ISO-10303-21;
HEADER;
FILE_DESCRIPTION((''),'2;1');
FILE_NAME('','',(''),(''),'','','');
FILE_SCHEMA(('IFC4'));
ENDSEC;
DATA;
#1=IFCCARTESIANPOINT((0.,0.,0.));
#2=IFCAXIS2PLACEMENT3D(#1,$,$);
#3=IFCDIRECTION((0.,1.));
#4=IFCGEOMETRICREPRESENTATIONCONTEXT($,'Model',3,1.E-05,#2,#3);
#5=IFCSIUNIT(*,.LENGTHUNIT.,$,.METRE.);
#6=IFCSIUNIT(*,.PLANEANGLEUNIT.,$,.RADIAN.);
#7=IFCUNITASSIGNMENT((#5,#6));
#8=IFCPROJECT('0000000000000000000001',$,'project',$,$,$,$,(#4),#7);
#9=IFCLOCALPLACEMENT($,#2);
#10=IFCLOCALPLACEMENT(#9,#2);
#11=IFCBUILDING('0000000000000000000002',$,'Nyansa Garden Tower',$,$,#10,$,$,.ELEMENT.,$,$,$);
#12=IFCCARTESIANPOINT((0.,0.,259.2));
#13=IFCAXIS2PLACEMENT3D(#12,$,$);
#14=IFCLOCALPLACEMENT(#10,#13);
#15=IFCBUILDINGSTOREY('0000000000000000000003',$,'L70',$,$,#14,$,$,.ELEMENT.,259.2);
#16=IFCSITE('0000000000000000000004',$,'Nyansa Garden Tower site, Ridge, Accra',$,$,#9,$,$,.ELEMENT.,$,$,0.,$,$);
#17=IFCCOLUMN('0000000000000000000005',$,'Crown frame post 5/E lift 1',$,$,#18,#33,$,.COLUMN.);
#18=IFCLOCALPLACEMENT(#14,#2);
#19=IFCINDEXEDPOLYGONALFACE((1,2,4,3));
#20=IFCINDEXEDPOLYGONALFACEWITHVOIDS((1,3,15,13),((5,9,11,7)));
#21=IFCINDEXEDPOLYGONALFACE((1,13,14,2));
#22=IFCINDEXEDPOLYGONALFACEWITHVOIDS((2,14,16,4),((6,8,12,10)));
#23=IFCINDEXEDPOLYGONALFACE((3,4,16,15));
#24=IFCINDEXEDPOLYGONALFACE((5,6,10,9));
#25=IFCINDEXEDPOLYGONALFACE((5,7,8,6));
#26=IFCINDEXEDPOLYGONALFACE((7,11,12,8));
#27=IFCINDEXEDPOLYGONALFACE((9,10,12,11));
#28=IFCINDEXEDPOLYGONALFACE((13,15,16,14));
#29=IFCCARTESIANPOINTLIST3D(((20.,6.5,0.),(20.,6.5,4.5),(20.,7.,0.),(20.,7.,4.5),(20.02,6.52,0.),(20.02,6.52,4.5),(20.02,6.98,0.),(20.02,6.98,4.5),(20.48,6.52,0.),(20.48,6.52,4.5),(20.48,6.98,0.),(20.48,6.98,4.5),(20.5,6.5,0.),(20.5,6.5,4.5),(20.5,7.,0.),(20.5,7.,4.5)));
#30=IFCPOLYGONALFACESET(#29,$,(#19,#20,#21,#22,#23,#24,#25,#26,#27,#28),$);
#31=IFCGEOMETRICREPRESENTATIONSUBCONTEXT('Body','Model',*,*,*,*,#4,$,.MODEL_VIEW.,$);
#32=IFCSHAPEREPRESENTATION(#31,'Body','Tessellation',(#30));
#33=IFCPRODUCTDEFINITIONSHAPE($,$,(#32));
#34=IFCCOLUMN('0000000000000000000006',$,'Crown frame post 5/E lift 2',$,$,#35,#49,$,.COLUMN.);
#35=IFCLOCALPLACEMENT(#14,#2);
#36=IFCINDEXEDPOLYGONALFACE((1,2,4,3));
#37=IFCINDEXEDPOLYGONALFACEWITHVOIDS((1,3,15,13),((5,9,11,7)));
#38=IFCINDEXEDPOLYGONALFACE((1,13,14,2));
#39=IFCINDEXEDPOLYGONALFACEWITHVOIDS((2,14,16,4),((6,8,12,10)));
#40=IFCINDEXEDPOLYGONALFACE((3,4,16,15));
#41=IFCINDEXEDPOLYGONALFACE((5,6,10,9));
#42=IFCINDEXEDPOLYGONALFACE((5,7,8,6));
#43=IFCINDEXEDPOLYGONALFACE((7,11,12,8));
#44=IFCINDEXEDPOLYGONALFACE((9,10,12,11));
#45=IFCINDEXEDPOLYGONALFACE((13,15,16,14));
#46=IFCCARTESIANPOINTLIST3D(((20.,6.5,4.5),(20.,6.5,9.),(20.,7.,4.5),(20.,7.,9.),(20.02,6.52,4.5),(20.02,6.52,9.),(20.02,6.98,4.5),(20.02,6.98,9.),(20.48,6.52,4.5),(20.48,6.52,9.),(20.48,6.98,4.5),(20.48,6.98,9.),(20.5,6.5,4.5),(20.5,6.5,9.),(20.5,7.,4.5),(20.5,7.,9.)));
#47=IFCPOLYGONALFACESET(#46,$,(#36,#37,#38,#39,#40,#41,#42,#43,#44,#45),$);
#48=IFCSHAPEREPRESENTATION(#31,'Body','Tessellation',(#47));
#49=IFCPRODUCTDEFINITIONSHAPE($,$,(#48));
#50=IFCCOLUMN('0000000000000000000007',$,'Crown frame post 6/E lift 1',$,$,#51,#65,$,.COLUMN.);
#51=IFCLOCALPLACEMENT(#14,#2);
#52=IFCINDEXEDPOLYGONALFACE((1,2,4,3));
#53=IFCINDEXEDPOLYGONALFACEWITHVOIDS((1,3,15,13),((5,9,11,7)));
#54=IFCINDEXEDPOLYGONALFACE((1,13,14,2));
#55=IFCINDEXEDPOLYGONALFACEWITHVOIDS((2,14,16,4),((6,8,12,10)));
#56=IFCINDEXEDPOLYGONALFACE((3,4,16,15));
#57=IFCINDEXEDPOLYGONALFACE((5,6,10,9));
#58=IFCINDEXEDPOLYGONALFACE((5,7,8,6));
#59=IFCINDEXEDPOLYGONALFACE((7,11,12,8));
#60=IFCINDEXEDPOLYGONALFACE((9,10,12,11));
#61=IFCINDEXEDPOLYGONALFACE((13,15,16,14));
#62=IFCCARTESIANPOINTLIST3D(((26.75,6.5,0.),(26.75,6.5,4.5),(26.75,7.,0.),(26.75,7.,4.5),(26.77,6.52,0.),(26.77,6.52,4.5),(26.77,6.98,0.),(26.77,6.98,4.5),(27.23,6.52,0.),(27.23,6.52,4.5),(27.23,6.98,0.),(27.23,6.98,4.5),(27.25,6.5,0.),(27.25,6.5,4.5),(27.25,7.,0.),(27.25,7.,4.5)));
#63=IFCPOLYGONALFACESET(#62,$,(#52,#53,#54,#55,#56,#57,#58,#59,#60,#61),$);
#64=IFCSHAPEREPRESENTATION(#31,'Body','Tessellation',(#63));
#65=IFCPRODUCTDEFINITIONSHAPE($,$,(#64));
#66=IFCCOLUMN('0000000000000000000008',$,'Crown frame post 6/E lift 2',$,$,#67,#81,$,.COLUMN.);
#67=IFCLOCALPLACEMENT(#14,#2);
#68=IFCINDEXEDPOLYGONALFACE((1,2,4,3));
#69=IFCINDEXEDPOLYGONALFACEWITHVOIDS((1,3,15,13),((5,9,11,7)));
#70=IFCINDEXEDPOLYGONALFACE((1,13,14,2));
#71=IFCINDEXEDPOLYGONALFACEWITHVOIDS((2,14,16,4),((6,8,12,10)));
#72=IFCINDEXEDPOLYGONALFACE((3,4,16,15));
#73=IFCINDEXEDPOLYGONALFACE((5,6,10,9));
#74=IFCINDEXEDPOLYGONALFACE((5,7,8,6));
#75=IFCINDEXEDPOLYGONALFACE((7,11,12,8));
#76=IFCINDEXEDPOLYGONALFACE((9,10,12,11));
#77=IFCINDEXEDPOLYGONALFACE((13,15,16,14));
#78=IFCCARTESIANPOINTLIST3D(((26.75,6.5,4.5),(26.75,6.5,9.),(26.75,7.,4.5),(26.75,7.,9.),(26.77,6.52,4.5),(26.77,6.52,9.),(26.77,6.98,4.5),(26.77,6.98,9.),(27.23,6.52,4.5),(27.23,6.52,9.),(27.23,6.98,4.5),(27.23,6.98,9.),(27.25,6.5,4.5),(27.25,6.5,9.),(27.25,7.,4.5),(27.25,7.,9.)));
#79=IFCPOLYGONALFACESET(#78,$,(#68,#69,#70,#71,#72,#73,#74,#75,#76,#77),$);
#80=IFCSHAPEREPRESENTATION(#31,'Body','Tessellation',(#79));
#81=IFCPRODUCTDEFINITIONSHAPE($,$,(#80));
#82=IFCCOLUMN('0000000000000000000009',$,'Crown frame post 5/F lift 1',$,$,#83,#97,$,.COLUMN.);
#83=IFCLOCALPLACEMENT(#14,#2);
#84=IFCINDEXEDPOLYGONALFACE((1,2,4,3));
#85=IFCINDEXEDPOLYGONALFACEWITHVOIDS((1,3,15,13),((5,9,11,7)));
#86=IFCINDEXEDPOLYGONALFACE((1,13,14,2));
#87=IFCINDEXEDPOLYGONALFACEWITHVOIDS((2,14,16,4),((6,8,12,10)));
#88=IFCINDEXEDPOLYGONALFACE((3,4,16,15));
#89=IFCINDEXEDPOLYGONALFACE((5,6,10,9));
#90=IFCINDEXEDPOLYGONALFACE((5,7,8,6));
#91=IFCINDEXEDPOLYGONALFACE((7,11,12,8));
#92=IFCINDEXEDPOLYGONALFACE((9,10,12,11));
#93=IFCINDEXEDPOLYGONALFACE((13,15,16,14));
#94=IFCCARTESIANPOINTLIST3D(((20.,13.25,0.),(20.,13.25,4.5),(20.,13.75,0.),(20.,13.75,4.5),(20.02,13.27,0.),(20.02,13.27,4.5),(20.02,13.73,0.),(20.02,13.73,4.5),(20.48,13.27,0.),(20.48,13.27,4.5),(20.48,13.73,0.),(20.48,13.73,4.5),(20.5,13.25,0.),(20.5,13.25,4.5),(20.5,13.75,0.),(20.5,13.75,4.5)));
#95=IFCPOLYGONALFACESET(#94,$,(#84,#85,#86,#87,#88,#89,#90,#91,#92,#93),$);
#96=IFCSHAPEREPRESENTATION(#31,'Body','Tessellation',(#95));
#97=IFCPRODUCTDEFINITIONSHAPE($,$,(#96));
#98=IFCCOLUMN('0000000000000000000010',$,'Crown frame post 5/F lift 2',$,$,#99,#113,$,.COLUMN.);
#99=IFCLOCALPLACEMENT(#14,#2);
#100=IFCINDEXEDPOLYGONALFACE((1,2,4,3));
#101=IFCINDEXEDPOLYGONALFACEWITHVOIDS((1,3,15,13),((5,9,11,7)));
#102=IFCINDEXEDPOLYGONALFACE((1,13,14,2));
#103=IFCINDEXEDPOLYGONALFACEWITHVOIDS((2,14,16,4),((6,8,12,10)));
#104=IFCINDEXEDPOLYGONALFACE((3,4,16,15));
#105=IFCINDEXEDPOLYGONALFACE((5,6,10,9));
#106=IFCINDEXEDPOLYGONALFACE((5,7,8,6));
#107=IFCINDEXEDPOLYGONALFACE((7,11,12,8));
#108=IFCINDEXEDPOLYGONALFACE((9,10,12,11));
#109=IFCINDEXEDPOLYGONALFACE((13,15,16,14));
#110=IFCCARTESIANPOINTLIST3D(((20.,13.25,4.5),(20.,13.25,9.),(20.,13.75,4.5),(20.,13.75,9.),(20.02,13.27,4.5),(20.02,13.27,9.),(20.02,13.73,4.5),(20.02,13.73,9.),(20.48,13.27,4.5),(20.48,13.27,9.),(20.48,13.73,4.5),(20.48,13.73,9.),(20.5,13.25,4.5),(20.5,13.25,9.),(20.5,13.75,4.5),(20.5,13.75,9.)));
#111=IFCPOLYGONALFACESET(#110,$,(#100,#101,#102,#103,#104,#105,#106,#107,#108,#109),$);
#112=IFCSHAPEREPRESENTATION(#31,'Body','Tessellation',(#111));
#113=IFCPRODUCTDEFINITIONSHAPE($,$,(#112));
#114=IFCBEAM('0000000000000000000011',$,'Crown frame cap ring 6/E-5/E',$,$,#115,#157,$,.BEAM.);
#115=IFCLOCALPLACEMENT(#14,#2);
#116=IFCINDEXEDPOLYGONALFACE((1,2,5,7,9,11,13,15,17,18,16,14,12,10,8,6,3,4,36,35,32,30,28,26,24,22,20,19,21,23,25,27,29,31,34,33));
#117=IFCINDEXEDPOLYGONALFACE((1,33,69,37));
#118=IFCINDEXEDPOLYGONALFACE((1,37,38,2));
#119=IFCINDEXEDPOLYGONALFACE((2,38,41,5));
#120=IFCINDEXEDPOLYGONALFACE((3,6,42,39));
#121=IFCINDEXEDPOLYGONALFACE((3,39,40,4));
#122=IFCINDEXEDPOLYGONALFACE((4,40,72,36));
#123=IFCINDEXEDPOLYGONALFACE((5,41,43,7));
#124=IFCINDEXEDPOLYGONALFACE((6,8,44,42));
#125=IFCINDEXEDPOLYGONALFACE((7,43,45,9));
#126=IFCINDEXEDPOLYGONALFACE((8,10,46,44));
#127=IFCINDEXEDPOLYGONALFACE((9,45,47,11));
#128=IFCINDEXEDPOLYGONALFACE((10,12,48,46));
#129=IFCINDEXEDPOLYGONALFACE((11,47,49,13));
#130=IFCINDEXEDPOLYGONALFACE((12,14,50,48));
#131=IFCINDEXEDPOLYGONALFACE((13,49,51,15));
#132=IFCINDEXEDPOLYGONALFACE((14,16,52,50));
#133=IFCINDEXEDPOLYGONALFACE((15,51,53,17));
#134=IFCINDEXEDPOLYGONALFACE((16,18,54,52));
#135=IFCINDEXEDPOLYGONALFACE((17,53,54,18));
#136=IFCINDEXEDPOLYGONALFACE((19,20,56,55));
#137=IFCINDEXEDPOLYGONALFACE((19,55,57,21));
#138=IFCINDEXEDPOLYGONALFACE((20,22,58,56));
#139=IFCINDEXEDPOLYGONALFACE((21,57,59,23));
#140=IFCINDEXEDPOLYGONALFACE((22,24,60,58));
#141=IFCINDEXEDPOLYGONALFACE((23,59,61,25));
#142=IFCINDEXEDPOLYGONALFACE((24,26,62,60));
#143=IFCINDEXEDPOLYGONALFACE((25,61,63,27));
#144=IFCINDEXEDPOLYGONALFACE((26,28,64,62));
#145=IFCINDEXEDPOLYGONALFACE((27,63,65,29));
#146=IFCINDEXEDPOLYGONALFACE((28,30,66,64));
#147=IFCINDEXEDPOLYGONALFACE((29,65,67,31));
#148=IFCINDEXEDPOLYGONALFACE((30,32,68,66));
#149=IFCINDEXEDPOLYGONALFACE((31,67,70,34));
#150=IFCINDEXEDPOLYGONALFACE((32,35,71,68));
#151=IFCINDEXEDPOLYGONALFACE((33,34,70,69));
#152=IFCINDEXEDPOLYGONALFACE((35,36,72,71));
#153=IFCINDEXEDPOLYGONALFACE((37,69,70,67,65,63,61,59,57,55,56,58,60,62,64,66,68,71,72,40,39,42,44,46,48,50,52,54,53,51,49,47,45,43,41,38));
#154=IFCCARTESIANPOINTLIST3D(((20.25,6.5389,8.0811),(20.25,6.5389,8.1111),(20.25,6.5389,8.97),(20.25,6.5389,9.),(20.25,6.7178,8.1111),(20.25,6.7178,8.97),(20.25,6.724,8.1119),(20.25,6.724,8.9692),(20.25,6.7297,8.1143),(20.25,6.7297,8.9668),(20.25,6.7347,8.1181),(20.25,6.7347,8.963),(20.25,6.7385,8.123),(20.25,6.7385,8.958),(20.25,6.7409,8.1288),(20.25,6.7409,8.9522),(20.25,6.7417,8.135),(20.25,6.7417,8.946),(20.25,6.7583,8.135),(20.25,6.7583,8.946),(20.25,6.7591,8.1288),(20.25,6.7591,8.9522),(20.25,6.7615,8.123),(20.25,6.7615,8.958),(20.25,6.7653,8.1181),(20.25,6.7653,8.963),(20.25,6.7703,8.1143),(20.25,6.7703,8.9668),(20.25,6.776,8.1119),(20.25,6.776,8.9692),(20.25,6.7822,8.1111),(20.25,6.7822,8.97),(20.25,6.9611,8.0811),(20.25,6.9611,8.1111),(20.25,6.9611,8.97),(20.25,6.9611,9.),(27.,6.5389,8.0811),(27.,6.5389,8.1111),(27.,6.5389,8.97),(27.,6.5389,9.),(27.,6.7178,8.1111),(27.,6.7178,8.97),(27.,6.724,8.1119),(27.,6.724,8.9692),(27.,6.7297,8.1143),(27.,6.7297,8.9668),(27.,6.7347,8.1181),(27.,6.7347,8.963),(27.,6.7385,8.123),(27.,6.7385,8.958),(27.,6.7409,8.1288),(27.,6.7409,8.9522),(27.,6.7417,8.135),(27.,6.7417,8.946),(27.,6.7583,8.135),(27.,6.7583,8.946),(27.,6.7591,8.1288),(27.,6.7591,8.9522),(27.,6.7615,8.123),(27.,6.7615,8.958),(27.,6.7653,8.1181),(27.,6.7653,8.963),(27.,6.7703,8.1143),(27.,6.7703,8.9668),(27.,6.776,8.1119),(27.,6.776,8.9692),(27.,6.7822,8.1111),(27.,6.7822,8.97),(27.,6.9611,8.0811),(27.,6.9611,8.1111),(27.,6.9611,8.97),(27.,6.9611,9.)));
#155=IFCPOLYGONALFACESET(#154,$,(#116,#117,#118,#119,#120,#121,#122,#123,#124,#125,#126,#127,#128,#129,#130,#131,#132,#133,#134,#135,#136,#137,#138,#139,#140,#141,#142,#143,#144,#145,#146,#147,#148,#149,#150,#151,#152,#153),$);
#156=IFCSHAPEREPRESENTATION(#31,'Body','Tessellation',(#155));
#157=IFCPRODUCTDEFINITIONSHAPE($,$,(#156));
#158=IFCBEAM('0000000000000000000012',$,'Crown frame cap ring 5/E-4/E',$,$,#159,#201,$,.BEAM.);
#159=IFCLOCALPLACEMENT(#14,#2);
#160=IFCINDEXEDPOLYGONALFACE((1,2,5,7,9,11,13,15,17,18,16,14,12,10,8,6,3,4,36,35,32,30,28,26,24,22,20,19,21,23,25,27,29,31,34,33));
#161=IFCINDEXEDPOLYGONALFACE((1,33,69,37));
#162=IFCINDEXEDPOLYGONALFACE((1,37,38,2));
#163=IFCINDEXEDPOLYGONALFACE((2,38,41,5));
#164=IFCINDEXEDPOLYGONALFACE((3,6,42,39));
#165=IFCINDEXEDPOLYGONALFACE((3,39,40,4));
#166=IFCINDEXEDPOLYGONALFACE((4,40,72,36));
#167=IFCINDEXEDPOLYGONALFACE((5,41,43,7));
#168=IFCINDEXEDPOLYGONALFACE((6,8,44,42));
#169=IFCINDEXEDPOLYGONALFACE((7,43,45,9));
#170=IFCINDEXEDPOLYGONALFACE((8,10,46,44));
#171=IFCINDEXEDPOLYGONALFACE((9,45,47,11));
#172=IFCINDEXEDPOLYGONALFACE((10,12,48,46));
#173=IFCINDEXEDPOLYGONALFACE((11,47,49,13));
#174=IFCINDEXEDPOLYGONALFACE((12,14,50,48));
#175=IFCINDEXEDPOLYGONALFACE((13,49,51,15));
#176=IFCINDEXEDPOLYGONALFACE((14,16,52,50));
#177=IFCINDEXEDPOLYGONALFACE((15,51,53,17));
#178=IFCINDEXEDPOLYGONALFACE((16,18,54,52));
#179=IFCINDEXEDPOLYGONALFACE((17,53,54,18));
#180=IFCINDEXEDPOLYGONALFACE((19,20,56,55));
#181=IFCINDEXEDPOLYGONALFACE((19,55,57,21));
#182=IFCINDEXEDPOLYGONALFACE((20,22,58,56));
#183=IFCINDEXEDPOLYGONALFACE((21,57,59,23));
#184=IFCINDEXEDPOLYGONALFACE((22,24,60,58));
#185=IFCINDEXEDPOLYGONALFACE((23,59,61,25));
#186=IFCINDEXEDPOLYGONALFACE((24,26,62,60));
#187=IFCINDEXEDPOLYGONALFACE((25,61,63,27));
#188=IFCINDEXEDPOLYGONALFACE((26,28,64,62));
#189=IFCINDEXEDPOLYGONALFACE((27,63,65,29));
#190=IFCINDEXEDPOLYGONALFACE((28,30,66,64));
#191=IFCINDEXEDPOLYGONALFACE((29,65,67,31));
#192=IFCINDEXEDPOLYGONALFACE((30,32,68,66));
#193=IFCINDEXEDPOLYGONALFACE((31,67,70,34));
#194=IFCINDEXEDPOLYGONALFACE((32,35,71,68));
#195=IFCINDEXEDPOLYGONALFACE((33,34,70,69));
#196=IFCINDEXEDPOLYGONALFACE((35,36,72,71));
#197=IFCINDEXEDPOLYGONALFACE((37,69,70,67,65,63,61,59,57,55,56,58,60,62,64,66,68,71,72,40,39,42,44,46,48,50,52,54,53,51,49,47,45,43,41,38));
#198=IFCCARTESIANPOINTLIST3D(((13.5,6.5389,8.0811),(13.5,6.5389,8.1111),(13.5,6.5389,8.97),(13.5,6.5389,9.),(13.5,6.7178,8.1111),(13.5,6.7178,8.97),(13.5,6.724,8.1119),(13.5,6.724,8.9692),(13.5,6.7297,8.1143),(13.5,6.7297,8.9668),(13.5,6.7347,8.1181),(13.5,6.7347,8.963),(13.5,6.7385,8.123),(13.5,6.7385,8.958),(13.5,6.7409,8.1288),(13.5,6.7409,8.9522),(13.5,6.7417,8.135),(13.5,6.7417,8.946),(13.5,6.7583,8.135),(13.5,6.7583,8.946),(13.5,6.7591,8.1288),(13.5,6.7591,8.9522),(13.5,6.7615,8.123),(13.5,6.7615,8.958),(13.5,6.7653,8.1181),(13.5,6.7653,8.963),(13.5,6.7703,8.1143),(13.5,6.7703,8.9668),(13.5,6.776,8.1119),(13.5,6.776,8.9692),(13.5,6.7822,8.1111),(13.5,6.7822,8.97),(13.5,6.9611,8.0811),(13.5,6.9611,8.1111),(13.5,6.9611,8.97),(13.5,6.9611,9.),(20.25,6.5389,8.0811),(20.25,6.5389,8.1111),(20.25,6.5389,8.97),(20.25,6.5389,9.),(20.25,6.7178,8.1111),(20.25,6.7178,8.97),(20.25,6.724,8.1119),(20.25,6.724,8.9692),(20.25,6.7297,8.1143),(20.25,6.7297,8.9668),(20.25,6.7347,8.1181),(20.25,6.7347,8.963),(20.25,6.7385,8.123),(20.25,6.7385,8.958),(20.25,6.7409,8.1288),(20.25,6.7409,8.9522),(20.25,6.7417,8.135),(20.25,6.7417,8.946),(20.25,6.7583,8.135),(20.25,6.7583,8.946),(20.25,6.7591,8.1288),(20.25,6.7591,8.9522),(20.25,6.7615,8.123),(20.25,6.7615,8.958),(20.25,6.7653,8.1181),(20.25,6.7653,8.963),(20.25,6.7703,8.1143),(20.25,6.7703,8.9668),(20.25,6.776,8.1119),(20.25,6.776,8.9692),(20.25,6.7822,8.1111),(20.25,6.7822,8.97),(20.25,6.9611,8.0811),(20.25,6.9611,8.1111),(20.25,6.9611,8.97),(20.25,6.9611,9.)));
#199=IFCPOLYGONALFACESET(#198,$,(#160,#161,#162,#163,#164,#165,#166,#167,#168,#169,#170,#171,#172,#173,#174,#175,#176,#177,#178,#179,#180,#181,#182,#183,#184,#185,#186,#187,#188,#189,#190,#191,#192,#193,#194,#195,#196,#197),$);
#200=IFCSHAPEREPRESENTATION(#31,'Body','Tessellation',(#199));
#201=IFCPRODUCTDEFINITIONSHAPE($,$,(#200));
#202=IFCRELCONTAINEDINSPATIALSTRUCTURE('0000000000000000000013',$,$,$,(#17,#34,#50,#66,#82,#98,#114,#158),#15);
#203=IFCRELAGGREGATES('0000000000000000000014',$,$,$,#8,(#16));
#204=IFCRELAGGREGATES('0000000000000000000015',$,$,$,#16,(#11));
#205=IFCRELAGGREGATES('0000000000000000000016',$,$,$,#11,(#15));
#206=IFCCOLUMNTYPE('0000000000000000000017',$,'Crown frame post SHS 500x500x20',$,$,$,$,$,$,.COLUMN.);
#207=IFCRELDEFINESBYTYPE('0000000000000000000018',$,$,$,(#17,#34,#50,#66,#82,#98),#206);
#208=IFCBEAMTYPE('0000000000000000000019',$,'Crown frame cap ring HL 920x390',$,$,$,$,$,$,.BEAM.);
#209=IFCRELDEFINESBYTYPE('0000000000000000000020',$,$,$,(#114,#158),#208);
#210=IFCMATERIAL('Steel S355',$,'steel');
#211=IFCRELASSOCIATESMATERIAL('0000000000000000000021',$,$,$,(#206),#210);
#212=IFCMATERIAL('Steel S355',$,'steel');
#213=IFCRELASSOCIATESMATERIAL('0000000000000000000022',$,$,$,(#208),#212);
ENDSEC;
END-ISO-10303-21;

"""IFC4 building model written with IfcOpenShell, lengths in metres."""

from ifc_helpers import new_model, si_unit, direction, frame, origin, origin_2d, place, context, subcontext, project, spatial, hollow_rectangle, i_section, extrude, material, material_profile, profile_set, type_object, element, save


model = new_model("IFC4")

# Units and contexts
model_context = context("Model", 3, precision=1e-05, world=origin(), true_north=direction((0.0, 1.0)))
body_context = subcontext(model_context, "Body", "Model", "MODEL_VIEW")
ifc_project = project(units=[si_unit("LENGTHUNIT", "METRE"), si_unit("PLANEANGLEUNIT", "RADIAN")], contexts=[model_context])

# Site, building, storey
site_placement = place(None, origin())
site = spatial("IfcSite", under=ifc_project, at=site_placement, Name="Nyansa Garden Tower site, Ridge, Accra", CompositionType="ELEMENT", RefElevation=0.0)
building_placement = place(site_placement, origin())
building = spatial("IfcBuilding", under=site, at=building_placement, Name="Nyansa Garden Tower", CompositionType="ELEMENT")
storey_placement = place(building_placement, frame((0.0, 0.0, 259.2)))
storey = spatial("IfcBuildingStorey", under=building, at=storey_placement, Name="L70", CompositionType="ELEMENT", Elevation=259.2)

# Columns
ifc_material_1 = material(Name="Steel S355", Category="steel")
ifc_material_profile_1 = material_profile(ifc_material_1, hollow_rectangle(XDim=0.5, YDim=0.5, WallThickness=0.02, at=origin_2d()), Name="SHS 500x500x20")
ifc_profile_set_1 = profile_set([ifc_material_profile_1], Name="Steel S355")
column_type = type_object("IfcColumnType", Name="Crown frame post SHS 500x500x20", PredefinedType="COLUMN", material=ifc_profile_set_1)
for number, where, z_axis, x_axis, name in (
    (1, (20.25, 6.75, 0.0), (0.0, 0.0, 1.0), (1.0, 0.0, 0.0), "Crown frame post 5/E lift 1"),
    (2, (20.25, 6.75, 4.5), (0.0, 0.0, 1.0), (1.0, 0.0, 0.0), "Crown frame post 5/E lift 2"),
    (3, (27.0, 6.75, 0.0), (0.0, 0.0, 1.0), (1.0, 0.0, 0.0), "Crown frame post 6/E lift 1"),
    (4, (27.0, 6.75, 4.5), (0.0, 0.0, 1.0), (1.0, 0.0, 0.0), "Crown frame post 6/E lift 2"),
    (5, (20.25, 13.5, 0.0), (0.0, 0.0, 1.0), (1.0, 0.0, 0.0), "Crown frame post 5/F lift 1"),
    (6, (20.25, 13.5, 4.5), (0.0, 0.0, 1.0), (1.0, 0.0, 0.0), "Crown frame post 5/F lift 2"),
):
    element("IfcColumn", number, at=place(storey_placement, frame(where, z_axis=z_axis, x_axis=x_axis)), inside=storey, type_object=column_type, Name=name, PredefinedType="COLUMN", context=body_context, shape_type="SweptSolid", body=[
        extrude(hollow_rectangle(XDim=0.5, YDim=0.5, WallThickness=0.02, at=origin_2d()), origin(), (0.0, 0.0, 1.0), 4.5),
    ])

# Beams
ifc_material_2 = material(Name="Steel S355", Category="steel")
ifc_material_profile_2 = material_profile(ifc_material_2, i_section(OverallWidth=0.4221, OverallDepth=0.9189, WebThickness=0.0166, FlangeThickness=0.03, FilletRadius=0.0239, at=origin_2d()), Name="HL 920x390")
ifc_profile_set_2 = profile_set([ifc_material_profile_2], Name="Steel S355")
beam_type_1 = type_object("IfcBeamType", Name="Crown frame cap ring HL 920x390", PredefinedType="BEAM", material=ifc_profile_set_2)
for number, where, z_axis, x_axis, name in (
    (7, (27.0, 6.75, 8.5405), (-1.0, 0.0, 0.0), (0.0, -1.0, 0.0), "Crown frame cap ring 6/E-5/E"),
    (8, (20.25, 6.75, 8.5405), (-1.0, 0.0, 0.0), (0.0, -1.0, 0.0), "Crown frame cap ring 5/E-4/E"),
):
    element("IfcBeam", number, at=place(storey_placement, frame(where, z_axis=z_axis, x_axis=x_axis)), inside=storey, type_object=beam_type_1, Name=name, PredefinedType="BEAM", context=body_context, shape_type="SweptSolid", body=[
        extrude(i_section(OverallWidth=0.4221, OverallDepth=0.9189, WebThickness=0.0166, FlangeThickness=0.03, FilletRadius=0.0239, at=origin_2d()), origin(), (0.0, 0.0, 1.0), 6.75),
    ])

save(model, "model.ifc")
